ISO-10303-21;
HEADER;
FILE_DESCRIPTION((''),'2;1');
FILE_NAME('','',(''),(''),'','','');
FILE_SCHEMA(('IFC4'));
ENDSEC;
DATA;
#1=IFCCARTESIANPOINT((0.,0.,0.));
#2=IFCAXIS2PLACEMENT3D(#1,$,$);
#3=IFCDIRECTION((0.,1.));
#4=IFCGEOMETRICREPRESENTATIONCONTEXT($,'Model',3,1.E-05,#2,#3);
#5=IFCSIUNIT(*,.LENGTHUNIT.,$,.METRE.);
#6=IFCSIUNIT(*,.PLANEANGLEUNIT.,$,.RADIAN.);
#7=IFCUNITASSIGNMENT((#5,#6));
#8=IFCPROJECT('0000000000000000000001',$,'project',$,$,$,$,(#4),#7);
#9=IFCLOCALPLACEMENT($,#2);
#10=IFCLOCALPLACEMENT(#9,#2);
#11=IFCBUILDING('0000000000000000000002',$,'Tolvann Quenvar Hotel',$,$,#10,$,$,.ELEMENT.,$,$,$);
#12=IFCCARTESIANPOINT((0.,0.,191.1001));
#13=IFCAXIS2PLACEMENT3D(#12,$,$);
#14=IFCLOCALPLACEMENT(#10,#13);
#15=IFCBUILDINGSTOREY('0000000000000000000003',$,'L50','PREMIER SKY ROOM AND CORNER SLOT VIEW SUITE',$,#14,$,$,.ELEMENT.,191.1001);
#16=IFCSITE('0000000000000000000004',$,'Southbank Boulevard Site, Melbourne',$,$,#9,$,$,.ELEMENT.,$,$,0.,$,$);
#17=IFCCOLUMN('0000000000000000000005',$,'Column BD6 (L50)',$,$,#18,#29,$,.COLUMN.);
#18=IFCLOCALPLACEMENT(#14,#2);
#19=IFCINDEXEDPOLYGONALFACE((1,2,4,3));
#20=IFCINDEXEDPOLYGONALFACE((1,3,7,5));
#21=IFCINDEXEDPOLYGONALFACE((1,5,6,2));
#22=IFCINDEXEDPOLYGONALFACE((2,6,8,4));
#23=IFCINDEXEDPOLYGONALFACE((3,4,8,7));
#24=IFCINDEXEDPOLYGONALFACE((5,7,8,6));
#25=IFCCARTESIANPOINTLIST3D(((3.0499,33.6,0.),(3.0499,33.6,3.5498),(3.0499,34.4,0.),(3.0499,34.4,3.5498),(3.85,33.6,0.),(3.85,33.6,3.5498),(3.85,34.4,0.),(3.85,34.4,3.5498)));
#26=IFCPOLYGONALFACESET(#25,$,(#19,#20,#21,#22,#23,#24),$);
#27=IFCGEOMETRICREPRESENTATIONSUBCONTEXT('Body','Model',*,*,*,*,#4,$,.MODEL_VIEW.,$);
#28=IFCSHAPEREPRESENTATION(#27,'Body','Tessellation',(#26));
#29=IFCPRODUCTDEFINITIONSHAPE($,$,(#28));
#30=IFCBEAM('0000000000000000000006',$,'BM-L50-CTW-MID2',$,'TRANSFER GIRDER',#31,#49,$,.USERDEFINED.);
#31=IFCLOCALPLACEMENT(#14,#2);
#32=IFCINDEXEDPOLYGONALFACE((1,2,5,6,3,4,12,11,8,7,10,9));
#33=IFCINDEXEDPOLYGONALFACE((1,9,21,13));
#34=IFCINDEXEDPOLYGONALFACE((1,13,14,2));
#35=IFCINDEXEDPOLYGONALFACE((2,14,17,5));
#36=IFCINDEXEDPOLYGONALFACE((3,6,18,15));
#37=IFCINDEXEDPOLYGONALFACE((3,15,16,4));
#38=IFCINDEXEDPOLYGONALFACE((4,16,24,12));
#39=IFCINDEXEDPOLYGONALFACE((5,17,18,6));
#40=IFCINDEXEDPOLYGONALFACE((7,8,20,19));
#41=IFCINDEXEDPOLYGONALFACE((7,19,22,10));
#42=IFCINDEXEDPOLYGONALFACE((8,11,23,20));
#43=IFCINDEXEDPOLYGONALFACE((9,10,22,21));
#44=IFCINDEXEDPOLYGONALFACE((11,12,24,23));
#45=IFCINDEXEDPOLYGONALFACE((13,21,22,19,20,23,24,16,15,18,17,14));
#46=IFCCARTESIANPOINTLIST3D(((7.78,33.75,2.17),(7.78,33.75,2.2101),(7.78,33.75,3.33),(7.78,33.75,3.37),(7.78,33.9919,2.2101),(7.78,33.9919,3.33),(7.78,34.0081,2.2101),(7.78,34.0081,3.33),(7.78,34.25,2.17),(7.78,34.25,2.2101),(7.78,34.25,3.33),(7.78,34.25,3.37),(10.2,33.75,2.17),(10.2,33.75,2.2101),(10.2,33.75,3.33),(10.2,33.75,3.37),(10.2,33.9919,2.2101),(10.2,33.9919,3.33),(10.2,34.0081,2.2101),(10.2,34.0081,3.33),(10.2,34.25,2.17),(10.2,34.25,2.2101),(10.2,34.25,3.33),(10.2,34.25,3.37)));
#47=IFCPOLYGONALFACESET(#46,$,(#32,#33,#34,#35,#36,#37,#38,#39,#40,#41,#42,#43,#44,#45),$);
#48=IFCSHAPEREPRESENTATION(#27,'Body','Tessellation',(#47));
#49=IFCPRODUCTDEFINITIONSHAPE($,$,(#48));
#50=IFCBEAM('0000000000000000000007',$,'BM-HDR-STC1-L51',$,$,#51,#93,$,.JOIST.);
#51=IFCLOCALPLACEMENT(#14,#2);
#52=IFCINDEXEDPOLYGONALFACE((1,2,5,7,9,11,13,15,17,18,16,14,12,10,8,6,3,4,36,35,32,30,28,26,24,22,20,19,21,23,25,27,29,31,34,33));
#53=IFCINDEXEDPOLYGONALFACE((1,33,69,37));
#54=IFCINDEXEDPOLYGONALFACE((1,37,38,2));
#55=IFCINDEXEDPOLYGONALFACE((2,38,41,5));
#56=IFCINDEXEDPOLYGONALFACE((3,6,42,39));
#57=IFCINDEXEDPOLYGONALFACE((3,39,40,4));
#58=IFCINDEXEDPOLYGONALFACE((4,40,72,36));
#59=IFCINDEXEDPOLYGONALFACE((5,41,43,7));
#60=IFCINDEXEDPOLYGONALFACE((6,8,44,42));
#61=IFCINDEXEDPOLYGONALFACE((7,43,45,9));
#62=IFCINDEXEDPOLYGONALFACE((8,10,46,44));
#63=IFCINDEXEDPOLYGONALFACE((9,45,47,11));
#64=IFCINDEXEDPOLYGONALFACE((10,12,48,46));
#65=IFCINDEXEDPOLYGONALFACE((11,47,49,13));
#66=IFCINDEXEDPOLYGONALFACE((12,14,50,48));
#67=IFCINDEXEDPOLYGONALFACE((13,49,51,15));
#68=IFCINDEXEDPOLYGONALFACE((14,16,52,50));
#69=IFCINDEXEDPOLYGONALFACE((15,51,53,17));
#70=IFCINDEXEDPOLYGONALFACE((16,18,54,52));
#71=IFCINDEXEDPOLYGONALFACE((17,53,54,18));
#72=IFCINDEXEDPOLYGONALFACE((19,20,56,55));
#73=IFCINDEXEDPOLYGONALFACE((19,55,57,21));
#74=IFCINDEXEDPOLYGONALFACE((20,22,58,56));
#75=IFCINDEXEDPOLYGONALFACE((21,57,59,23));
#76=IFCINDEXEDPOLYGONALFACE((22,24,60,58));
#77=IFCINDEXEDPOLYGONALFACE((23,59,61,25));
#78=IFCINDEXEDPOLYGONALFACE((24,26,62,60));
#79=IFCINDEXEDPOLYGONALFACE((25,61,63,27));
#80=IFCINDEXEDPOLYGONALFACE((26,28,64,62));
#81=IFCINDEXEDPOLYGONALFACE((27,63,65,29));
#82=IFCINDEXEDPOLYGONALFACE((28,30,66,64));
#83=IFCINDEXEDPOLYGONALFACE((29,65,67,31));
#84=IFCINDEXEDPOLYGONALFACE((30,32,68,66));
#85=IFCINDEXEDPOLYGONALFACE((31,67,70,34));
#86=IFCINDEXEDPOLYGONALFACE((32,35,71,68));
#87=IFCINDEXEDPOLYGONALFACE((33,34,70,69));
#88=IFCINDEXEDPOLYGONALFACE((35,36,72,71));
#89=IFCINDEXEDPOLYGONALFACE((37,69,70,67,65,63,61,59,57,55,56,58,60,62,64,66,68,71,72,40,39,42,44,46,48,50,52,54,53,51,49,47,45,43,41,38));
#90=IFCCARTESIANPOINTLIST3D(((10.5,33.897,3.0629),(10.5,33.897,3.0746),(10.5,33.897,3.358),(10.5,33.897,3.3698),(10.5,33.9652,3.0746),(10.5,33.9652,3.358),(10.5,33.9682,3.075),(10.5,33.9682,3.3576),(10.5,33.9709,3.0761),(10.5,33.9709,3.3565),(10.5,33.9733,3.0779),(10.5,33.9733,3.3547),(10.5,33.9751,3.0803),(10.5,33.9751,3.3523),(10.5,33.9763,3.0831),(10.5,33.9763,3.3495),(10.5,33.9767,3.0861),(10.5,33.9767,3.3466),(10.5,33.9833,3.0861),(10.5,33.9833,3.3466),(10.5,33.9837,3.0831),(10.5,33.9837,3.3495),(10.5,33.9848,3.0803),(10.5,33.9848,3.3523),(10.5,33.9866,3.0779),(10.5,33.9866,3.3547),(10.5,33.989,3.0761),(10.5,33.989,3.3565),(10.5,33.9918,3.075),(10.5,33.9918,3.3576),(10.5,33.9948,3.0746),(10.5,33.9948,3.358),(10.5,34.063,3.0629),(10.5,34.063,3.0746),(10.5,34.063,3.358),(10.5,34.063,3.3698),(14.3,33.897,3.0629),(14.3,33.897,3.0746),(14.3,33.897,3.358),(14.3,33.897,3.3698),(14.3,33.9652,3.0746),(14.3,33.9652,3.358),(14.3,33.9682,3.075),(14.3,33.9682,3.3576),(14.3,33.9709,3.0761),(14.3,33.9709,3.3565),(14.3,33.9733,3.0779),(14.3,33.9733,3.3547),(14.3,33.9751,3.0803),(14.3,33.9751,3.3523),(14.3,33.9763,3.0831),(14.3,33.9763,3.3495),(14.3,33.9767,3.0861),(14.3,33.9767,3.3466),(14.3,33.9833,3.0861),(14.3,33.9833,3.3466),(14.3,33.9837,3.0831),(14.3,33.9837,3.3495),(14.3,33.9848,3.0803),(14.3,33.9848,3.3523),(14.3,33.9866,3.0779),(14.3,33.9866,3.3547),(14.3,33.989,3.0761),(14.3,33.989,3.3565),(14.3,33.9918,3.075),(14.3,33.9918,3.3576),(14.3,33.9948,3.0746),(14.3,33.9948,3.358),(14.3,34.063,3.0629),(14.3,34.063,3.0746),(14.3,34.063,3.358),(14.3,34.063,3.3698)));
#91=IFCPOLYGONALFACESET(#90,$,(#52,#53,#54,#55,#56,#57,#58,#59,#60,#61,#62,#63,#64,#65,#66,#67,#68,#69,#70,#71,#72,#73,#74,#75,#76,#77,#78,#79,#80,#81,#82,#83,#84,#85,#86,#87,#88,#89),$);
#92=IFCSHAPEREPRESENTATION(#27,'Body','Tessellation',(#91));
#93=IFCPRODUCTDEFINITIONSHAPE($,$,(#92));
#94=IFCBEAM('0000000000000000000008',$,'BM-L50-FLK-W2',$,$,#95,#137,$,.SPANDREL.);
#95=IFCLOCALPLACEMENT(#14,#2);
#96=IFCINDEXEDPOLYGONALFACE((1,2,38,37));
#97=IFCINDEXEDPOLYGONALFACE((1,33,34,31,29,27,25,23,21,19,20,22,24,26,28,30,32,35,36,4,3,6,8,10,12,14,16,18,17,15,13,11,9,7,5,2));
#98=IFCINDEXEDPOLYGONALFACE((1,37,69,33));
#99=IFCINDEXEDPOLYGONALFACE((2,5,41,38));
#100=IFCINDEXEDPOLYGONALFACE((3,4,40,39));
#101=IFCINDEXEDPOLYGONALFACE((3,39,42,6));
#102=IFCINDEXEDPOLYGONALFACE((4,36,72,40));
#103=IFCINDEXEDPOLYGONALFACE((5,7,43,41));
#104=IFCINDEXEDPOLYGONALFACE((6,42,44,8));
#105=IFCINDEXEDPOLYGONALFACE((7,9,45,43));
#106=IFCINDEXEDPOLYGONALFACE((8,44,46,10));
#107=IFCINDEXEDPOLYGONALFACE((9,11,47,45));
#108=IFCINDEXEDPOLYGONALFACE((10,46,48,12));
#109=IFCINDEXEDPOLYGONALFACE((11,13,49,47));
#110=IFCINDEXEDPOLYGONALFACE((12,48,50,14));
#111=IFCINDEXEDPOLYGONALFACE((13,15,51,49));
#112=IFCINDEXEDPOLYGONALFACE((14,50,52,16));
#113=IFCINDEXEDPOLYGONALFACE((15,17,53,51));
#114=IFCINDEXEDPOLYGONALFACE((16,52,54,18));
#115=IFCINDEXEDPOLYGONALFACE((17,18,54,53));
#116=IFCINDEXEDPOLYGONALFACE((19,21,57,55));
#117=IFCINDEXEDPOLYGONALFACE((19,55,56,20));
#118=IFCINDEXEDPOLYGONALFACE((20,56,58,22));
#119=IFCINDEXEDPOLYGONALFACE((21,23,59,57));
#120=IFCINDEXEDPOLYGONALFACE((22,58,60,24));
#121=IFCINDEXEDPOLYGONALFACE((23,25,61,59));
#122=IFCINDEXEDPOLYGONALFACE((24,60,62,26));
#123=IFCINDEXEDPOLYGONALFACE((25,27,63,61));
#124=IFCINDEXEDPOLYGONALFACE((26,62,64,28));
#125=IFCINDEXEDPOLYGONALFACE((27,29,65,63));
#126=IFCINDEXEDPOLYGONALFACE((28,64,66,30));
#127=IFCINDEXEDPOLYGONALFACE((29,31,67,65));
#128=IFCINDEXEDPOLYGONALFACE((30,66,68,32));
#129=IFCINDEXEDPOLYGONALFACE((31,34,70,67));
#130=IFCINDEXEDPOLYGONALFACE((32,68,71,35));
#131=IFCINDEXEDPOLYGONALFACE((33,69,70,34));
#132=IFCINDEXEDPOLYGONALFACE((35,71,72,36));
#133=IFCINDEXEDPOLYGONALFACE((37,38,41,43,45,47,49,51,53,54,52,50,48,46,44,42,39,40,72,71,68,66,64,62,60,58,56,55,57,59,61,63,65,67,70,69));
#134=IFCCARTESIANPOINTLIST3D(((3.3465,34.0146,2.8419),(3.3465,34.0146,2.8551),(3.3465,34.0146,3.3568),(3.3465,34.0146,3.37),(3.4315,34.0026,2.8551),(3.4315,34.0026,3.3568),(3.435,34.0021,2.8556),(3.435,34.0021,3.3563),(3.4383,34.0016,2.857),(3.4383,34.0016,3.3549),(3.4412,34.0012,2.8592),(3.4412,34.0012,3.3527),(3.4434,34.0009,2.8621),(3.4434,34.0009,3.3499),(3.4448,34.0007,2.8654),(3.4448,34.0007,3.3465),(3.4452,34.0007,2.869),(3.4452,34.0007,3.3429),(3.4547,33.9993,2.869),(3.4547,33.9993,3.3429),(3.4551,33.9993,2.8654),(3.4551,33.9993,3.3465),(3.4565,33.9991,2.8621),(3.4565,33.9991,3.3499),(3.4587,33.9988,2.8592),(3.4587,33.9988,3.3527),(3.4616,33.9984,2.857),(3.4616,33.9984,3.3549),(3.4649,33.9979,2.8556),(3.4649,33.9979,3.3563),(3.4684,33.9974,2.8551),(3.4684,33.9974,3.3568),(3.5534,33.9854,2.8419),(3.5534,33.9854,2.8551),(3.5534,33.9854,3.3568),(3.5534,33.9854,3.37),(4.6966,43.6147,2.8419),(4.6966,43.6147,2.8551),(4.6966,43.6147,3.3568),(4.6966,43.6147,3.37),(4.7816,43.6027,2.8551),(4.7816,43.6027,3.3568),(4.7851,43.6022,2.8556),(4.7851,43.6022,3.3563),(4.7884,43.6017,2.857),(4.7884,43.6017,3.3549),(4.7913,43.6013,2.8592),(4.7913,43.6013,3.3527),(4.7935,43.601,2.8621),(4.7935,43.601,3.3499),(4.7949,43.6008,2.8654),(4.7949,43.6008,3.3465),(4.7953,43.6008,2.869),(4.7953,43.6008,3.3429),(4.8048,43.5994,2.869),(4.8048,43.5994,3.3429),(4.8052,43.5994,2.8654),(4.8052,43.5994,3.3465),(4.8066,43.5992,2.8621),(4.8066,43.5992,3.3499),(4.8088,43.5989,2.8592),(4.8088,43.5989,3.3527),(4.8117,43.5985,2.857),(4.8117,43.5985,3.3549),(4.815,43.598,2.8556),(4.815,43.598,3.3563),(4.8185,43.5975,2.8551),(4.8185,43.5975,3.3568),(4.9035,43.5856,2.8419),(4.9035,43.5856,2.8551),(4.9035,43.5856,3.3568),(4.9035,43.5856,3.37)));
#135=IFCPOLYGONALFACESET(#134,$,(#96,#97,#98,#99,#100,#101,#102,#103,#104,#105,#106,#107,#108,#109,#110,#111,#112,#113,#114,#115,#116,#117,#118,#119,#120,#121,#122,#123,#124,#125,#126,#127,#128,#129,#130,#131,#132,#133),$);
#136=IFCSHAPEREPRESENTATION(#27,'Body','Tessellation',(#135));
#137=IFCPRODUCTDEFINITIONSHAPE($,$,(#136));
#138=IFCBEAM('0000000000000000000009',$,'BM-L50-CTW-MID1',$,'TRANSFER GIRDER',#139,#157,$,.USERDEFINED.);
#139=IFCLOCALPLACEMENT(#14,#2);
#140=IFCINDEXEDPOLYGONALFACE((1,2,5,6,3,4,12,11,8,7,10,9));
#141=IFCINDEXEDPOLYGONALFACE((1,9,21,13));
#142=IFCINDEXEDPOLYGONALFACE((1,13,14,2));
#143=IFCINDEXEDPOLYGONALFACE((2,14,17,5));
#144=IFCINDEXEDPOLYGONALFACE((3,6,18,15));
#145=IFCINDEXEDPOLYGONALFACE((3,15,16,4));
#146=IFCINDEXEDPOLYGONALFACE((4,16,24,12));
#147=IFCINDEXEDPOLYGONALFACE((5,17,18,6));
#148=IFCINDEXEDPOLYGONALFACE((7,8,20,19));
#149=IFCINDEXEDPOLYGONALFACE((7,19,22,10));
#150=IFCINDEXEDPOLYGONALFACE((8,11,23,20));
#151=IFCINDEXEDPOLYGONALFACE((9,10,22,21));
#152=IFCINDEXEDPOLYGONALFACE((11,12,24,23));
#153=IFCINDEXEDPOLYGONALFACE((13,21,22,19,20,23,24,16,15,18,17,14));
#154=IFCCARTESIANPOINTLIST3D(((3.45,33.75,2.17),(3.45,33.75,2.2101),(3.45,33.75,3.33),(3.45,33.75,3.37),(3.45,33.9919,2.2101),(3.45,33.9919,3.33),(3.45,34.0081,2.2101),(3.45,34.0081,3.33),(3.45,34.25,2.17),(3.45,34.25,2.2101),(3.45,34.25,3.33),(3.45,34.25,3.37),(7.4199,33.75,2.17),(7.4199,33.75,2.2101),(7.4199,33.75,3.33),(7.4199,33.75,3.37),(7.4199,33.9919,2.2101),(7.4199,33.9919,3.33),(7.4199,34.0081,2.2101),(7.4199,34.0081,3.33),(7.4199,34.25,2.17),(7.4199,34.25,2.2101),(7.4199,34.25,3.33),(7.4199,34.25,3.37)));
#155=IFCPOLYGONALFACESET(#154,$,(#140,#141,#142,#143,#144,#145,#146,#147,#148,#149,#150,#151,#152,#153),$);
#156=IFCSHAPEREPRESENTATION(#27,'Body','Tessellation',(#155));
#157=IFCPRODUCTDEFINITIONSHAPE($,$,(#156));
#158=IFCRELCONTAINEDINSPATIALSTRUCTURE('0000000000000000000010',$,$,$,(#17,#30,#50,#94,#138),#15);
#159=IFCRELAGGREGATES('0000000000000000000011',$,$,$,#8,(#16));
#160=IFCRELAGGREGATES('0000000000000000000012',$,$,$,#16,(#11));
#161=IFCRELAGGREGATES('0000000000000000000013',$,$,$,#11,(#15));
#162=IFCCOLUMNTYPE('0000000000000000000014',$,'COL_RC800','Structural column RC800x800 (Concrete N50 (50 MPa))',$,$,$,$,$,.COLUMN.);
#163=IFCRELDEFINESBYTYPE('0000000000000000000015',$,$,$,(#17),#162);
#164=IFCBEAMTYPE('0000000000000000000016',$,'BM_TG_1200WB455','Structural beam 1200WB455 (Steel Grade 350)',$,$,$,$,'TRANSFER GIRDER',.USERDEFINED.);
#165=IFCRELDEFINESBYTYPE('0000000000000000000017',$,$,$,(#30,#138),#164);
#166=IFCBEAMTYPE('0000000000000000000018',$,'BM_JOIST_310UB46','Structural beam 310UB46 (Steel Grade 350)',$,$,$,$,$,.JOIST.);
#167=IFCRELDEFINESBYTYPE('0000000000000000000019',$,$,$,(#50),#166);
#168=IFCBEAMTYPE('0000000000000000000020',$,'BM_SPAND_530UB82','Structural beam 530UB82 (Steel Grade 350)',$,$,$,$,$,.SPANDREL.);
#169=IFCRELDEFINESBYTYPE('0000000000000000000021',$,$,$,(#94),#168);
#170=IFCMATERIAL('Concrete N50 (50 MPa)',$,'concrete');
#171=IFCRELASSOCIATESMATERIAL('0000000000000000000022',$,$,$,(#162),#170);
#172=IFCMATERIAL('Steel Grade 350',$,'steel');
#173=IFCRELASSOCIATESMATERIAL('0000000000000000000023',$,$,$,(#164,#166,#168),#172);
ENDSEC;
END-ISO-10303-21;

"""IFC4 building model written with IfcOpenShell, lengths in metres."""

from ifc_helpers import new_model, si_unit, direction, frame, origin, origin_2d, place, context, subcontext, project, spatial, rectangle, i_section, extrude, source, transform, mapped, material, material_profile, profile_set, type_object, type_shapes, element, save


model = new_model("IFC4")

# Units and contexts
model_context = context("Model", 3, precision=1e-05, world=origin(), true_north=direction((0.0, 1.0)))
body_context = subcontext(model_context, "Body", "Model", "MODEL_VIEW")
ifc_project = project(units=[si_unit("LENGTHUNIT", "METRE"), si_unit("PLANEANGLEUNIT", "RADIAN")], contexts=[model_context])

# Site, building, storey
site_placement = place(None, origin())
site = spatial("IfcSite", under=ifc_project, at=site_placement, Name="Southbank Boulevard Site, Melbourne", CompositionType="ELEMENT", RefElevation=0.0)
building_placement = place(site_placement, origin())
building = spatial("IfcBuilding", under=site, at=building_placement, Name="Tolvann Quenvar Hotel", CompositionType="ELEMENT")
storey_placement = place(building_placement, frame((0.0, 0.0, 191.1001)))
storey = spatial("IfcBuildingStorey", under=building, at=storey_placement, Name="L50", Description="PREMIER SKY ROOM AND CORNER SLOT VIEW SUITE", CompositionType="ELEMENT", Elevation=191.1001)

# Column
ifc_material_1 = material(Name="Concrete N50 (50 MPa)", Category="concrete")
ifc_material_profile_1 = material_profile(ifc_material_1, rectangle(XDim=0.8, YDim=0.8, at=origin_2d()), Name="RC800x800")
ifc_profile_set_1 = profile_set([ifc_material_profile_1], Name="Concrete N50 (50 MPa)")
column_type = type_object("IfcColumnType", Name="COL_RC800", Description="Structural column RC800x800 (Concrete N50 (50 MPa))", PredefinedType="COLUMN", material=ifc_profile_set_1)
shared_shape_1 = source(origin(), body_context, "Body", "SweptSolid", [
    extrude(rectangle(XDim=0.8, YDim=0.8, at=origin_2d()), origin(), (0.0, 0.0, 1.0), 3.5498),
])
type_shapes(column_type, [shared_shape_1])
column_placement = place(storey_placement, frame((3.45, 34.0, 0.0), z_axis=(0.0, 0.0, 1.0), x_axis=(1.0, 0.0, 0.0)))
element("IfcColumn", 1, at=column_placement, inside=storey, type_object=column_type, Name="Column BD6 (L50)", PredefinedType="COLUMN", context=body_context, shape_type="MappedRepresentation", body=[
    mapped(shared_shape_1, transform((0.0, 0.0, 0.0), x_axis=(1.0, 0.0, 0.0), y_axis=(0.0, 1.0, 0.0), z_axis=(0.0, 0.0, 1.0), scale=1.0)),
])

# Beams
ifc_material_2 = material(Name="Steel Grade 350", Category="steel")
ifc_material_profile_2 = material_profile(ifc_material_2, i_section(OverallWidth=0.5, OverallDepth=1.2, WebThickness=0.0161, FlangeThickness=0.04, at=origin_2d()), Name="1200WB455")
ifc_profile_set_2 = profile_set([ifc_material_profile_2], Name="Steel Grade 350")
beam_type_1 = type_object("IfcBeamType", Name="BM_TG_1200WB455", Description="Structural beam 1200WB455 (Steel Grade 350)", ElementType="TRANSFER GIRDER", PredefinedType="USERDEFINED", material=ifc_profile_set_2)
shared_shape_2 = source(origin(), body_context, "Body", "SweptSolid", [
    extrude(i_section(OverallWidth=0.5, OverallDepth=1.2, WebThickness=0.0161, FlangeThickness=0.04, at=origin_2d()), origin(), (0.0, 0.0, 1.0), 2.4199),
])
beam_1_placement = place(storey_placement, frame((7.78, 34.0, 2.77), z_axis=(1.0, 0.0, 0.0), x_axis=(0.0, 1.0, 0.0)))
element("IfcBeam", 2, at=beam_1_placement, inside=storey, type_object=beam_type_1, Name="BM-L50-CTW-MID2", ObjectType="TRANSFER GIRDER", PredefinedType="USERDEFINED", context=body_context, shape_type="MappedRepresentation", body=[
    mapped(shared_shape_2, transform((0.0, 0.0, 0.0), x_axis=(1.0, 0.0, 0.0), y_axis=(0.0, 1.0, 0.0), z_axis=(0.0, 0.0, 1.0), scale=1.0)),
])
ifc_material_profile_3 = material_profile(ifc_material_2, i_section(OverallWidth=0.166, OverallDepth=0.3069, WebThickness=0.0066, FlangeThickness=0.0117, FilletRadius=0.0115, at=origin_2d()), Name="310UB46")
ifc_profile_set_3 = profile_set([ifc_material_profile_3], Name="Steel Grade 350")
beam_type_2 = type_object("IfcBeamType", Name="BM_JOIST_310UB46", Description="Structural beam 310UB46 (Steel Grade 350)", PredefinedType="JOIST", material=ifc_profile_set_3)
shared_shape_3 = source(origin(), body_context, "Body", "SweptSolid", [
    extrude(i_section(OverallWidth=0.166, OverallDepth=0.3069, WebThickness=0.0066, FlangeThickness=0.0117, FilletRadius=0.0115, at=origin_2d()), origin(), (0.0, 0.0, 1.0), 3.8),
])
type_shapes(beam_type_2, [shared_shape_3])
beam_2_placement = place(storey_placement, frame((10.5, 33.98, 3.2163), z_axis=(1.0, 0.0, 0.0), x_axis=(0.0, 1.0, 0.0)))
element("IfcBeam", 3, at=beam_2_placement, inside=storey, type_object=beam_type_2, Name="BM-HDR-STC1-L51", PredefinedType="JOIST", context=body_context, shape_type="MappedRepresentation", body=[
    mapped(shared_shape_3, transform((0.0, 0.0, 0.0), x_axis=(1.0, 0.0, 0.0), y_axis=(0.0, 1.0, 0.0), z_axis=(0.0, 0.0, 1.0), scale=1.0)),
])
ifc_material_profile_4 = material_profile(ifc_material_2, i_section(OverallWidth=0.209, OverallDepth=0.5281, WebThickness=0.0095, FlangeThickness=0.0132, FilletRadius=0.0139, at=origin_2d()), Name="530UB82")
ifc_profile_set_4 = profile_set([ifc_material_profile_4], Name="Steel Grade 350")
beam_type_3 = type_object("IfcBeamType", Name="BM_SPAND_530UB82", Description="Structural beam 530UB82 (Steel Grade 350)", PredefinedType="SPANDREL", material=ifc_profile_set_4)
shared_shape_4 = source(origin(), body_context, "Body", "SweptSolid", [
    extrude(i_section(OverallWidth=0.209, OverallDepth=0.5281, WebThickness=0.0095, FlangeThickness=0.0132, FilletRadius=0.0139, at=origin_2d()), origin(), (0.0, 0.0, 1.0), 9.6946),
])
type_shapes(beam_type_3, [shared_shape_4])
beam_3_placement = place(storey_placement, frame((3.45, 34.0, 3.106), z_axis=(0.139263, 0.990255, 0.0), x_axis=(-0.990255, 0.139263, 0.0)))
element("IfcBeam", 4, at=beam_3_placement, inside=storey, type_object=beam_type_3, Name="BM-L50-FLK-W2", PredefinedType="SPANDREL", context=body_context, shape_type="MappedRepresentation", body=[
    mapped(shared_shape_4, transform((0.0, 0.0, 0.0), x_axis=(1.0, 0.0, 0.0), y_axis=(0.0, 1.0, 0.0), z_axis=(0.0, 0.0, 1.0), scale=1.0)),
])
shared_shape_5 = source(origin(), body_context, "Body", "SweptSolid", [
    extrude(i_section(OverallWidth=0.5, OverallDepth=1.2, WebThickness=0.0161, FlangeThickness=0.04, at=origin_2d()), origin(), (0.0, 0.0, 1.0), 3.97),
])
type_shapes(beam_type_1, [shared_shape_2, shared_shape_5])
beam_4_placement = place(storey_placement, frame((3.45, 34.0, 2.77), z_axis=(1.0, 0.0, 0.0), x_axis=(0.0, 1.0, 0.0)))
element("IfcBeam", 5, at=beam_4_placement, inside=storey, type_object=beam_type_1, Name="BM-L50-CTW-MID1", ObjectType="TRANSFER GIRDER", PredefinedType="USERDEFINED", context=body_context, shape_type="MappedRepresentation", body=[
    mapped(shared_shape_5, transform((0.0, 0.0, 0.0), x_axis=(1.0, 0.0, 0.0), y_axis=(0.0, 1.0, 0.0), z_axis=(0.0, 0.0, 1.0), scale=1.0)),
])

save(model, "model.ifc")
